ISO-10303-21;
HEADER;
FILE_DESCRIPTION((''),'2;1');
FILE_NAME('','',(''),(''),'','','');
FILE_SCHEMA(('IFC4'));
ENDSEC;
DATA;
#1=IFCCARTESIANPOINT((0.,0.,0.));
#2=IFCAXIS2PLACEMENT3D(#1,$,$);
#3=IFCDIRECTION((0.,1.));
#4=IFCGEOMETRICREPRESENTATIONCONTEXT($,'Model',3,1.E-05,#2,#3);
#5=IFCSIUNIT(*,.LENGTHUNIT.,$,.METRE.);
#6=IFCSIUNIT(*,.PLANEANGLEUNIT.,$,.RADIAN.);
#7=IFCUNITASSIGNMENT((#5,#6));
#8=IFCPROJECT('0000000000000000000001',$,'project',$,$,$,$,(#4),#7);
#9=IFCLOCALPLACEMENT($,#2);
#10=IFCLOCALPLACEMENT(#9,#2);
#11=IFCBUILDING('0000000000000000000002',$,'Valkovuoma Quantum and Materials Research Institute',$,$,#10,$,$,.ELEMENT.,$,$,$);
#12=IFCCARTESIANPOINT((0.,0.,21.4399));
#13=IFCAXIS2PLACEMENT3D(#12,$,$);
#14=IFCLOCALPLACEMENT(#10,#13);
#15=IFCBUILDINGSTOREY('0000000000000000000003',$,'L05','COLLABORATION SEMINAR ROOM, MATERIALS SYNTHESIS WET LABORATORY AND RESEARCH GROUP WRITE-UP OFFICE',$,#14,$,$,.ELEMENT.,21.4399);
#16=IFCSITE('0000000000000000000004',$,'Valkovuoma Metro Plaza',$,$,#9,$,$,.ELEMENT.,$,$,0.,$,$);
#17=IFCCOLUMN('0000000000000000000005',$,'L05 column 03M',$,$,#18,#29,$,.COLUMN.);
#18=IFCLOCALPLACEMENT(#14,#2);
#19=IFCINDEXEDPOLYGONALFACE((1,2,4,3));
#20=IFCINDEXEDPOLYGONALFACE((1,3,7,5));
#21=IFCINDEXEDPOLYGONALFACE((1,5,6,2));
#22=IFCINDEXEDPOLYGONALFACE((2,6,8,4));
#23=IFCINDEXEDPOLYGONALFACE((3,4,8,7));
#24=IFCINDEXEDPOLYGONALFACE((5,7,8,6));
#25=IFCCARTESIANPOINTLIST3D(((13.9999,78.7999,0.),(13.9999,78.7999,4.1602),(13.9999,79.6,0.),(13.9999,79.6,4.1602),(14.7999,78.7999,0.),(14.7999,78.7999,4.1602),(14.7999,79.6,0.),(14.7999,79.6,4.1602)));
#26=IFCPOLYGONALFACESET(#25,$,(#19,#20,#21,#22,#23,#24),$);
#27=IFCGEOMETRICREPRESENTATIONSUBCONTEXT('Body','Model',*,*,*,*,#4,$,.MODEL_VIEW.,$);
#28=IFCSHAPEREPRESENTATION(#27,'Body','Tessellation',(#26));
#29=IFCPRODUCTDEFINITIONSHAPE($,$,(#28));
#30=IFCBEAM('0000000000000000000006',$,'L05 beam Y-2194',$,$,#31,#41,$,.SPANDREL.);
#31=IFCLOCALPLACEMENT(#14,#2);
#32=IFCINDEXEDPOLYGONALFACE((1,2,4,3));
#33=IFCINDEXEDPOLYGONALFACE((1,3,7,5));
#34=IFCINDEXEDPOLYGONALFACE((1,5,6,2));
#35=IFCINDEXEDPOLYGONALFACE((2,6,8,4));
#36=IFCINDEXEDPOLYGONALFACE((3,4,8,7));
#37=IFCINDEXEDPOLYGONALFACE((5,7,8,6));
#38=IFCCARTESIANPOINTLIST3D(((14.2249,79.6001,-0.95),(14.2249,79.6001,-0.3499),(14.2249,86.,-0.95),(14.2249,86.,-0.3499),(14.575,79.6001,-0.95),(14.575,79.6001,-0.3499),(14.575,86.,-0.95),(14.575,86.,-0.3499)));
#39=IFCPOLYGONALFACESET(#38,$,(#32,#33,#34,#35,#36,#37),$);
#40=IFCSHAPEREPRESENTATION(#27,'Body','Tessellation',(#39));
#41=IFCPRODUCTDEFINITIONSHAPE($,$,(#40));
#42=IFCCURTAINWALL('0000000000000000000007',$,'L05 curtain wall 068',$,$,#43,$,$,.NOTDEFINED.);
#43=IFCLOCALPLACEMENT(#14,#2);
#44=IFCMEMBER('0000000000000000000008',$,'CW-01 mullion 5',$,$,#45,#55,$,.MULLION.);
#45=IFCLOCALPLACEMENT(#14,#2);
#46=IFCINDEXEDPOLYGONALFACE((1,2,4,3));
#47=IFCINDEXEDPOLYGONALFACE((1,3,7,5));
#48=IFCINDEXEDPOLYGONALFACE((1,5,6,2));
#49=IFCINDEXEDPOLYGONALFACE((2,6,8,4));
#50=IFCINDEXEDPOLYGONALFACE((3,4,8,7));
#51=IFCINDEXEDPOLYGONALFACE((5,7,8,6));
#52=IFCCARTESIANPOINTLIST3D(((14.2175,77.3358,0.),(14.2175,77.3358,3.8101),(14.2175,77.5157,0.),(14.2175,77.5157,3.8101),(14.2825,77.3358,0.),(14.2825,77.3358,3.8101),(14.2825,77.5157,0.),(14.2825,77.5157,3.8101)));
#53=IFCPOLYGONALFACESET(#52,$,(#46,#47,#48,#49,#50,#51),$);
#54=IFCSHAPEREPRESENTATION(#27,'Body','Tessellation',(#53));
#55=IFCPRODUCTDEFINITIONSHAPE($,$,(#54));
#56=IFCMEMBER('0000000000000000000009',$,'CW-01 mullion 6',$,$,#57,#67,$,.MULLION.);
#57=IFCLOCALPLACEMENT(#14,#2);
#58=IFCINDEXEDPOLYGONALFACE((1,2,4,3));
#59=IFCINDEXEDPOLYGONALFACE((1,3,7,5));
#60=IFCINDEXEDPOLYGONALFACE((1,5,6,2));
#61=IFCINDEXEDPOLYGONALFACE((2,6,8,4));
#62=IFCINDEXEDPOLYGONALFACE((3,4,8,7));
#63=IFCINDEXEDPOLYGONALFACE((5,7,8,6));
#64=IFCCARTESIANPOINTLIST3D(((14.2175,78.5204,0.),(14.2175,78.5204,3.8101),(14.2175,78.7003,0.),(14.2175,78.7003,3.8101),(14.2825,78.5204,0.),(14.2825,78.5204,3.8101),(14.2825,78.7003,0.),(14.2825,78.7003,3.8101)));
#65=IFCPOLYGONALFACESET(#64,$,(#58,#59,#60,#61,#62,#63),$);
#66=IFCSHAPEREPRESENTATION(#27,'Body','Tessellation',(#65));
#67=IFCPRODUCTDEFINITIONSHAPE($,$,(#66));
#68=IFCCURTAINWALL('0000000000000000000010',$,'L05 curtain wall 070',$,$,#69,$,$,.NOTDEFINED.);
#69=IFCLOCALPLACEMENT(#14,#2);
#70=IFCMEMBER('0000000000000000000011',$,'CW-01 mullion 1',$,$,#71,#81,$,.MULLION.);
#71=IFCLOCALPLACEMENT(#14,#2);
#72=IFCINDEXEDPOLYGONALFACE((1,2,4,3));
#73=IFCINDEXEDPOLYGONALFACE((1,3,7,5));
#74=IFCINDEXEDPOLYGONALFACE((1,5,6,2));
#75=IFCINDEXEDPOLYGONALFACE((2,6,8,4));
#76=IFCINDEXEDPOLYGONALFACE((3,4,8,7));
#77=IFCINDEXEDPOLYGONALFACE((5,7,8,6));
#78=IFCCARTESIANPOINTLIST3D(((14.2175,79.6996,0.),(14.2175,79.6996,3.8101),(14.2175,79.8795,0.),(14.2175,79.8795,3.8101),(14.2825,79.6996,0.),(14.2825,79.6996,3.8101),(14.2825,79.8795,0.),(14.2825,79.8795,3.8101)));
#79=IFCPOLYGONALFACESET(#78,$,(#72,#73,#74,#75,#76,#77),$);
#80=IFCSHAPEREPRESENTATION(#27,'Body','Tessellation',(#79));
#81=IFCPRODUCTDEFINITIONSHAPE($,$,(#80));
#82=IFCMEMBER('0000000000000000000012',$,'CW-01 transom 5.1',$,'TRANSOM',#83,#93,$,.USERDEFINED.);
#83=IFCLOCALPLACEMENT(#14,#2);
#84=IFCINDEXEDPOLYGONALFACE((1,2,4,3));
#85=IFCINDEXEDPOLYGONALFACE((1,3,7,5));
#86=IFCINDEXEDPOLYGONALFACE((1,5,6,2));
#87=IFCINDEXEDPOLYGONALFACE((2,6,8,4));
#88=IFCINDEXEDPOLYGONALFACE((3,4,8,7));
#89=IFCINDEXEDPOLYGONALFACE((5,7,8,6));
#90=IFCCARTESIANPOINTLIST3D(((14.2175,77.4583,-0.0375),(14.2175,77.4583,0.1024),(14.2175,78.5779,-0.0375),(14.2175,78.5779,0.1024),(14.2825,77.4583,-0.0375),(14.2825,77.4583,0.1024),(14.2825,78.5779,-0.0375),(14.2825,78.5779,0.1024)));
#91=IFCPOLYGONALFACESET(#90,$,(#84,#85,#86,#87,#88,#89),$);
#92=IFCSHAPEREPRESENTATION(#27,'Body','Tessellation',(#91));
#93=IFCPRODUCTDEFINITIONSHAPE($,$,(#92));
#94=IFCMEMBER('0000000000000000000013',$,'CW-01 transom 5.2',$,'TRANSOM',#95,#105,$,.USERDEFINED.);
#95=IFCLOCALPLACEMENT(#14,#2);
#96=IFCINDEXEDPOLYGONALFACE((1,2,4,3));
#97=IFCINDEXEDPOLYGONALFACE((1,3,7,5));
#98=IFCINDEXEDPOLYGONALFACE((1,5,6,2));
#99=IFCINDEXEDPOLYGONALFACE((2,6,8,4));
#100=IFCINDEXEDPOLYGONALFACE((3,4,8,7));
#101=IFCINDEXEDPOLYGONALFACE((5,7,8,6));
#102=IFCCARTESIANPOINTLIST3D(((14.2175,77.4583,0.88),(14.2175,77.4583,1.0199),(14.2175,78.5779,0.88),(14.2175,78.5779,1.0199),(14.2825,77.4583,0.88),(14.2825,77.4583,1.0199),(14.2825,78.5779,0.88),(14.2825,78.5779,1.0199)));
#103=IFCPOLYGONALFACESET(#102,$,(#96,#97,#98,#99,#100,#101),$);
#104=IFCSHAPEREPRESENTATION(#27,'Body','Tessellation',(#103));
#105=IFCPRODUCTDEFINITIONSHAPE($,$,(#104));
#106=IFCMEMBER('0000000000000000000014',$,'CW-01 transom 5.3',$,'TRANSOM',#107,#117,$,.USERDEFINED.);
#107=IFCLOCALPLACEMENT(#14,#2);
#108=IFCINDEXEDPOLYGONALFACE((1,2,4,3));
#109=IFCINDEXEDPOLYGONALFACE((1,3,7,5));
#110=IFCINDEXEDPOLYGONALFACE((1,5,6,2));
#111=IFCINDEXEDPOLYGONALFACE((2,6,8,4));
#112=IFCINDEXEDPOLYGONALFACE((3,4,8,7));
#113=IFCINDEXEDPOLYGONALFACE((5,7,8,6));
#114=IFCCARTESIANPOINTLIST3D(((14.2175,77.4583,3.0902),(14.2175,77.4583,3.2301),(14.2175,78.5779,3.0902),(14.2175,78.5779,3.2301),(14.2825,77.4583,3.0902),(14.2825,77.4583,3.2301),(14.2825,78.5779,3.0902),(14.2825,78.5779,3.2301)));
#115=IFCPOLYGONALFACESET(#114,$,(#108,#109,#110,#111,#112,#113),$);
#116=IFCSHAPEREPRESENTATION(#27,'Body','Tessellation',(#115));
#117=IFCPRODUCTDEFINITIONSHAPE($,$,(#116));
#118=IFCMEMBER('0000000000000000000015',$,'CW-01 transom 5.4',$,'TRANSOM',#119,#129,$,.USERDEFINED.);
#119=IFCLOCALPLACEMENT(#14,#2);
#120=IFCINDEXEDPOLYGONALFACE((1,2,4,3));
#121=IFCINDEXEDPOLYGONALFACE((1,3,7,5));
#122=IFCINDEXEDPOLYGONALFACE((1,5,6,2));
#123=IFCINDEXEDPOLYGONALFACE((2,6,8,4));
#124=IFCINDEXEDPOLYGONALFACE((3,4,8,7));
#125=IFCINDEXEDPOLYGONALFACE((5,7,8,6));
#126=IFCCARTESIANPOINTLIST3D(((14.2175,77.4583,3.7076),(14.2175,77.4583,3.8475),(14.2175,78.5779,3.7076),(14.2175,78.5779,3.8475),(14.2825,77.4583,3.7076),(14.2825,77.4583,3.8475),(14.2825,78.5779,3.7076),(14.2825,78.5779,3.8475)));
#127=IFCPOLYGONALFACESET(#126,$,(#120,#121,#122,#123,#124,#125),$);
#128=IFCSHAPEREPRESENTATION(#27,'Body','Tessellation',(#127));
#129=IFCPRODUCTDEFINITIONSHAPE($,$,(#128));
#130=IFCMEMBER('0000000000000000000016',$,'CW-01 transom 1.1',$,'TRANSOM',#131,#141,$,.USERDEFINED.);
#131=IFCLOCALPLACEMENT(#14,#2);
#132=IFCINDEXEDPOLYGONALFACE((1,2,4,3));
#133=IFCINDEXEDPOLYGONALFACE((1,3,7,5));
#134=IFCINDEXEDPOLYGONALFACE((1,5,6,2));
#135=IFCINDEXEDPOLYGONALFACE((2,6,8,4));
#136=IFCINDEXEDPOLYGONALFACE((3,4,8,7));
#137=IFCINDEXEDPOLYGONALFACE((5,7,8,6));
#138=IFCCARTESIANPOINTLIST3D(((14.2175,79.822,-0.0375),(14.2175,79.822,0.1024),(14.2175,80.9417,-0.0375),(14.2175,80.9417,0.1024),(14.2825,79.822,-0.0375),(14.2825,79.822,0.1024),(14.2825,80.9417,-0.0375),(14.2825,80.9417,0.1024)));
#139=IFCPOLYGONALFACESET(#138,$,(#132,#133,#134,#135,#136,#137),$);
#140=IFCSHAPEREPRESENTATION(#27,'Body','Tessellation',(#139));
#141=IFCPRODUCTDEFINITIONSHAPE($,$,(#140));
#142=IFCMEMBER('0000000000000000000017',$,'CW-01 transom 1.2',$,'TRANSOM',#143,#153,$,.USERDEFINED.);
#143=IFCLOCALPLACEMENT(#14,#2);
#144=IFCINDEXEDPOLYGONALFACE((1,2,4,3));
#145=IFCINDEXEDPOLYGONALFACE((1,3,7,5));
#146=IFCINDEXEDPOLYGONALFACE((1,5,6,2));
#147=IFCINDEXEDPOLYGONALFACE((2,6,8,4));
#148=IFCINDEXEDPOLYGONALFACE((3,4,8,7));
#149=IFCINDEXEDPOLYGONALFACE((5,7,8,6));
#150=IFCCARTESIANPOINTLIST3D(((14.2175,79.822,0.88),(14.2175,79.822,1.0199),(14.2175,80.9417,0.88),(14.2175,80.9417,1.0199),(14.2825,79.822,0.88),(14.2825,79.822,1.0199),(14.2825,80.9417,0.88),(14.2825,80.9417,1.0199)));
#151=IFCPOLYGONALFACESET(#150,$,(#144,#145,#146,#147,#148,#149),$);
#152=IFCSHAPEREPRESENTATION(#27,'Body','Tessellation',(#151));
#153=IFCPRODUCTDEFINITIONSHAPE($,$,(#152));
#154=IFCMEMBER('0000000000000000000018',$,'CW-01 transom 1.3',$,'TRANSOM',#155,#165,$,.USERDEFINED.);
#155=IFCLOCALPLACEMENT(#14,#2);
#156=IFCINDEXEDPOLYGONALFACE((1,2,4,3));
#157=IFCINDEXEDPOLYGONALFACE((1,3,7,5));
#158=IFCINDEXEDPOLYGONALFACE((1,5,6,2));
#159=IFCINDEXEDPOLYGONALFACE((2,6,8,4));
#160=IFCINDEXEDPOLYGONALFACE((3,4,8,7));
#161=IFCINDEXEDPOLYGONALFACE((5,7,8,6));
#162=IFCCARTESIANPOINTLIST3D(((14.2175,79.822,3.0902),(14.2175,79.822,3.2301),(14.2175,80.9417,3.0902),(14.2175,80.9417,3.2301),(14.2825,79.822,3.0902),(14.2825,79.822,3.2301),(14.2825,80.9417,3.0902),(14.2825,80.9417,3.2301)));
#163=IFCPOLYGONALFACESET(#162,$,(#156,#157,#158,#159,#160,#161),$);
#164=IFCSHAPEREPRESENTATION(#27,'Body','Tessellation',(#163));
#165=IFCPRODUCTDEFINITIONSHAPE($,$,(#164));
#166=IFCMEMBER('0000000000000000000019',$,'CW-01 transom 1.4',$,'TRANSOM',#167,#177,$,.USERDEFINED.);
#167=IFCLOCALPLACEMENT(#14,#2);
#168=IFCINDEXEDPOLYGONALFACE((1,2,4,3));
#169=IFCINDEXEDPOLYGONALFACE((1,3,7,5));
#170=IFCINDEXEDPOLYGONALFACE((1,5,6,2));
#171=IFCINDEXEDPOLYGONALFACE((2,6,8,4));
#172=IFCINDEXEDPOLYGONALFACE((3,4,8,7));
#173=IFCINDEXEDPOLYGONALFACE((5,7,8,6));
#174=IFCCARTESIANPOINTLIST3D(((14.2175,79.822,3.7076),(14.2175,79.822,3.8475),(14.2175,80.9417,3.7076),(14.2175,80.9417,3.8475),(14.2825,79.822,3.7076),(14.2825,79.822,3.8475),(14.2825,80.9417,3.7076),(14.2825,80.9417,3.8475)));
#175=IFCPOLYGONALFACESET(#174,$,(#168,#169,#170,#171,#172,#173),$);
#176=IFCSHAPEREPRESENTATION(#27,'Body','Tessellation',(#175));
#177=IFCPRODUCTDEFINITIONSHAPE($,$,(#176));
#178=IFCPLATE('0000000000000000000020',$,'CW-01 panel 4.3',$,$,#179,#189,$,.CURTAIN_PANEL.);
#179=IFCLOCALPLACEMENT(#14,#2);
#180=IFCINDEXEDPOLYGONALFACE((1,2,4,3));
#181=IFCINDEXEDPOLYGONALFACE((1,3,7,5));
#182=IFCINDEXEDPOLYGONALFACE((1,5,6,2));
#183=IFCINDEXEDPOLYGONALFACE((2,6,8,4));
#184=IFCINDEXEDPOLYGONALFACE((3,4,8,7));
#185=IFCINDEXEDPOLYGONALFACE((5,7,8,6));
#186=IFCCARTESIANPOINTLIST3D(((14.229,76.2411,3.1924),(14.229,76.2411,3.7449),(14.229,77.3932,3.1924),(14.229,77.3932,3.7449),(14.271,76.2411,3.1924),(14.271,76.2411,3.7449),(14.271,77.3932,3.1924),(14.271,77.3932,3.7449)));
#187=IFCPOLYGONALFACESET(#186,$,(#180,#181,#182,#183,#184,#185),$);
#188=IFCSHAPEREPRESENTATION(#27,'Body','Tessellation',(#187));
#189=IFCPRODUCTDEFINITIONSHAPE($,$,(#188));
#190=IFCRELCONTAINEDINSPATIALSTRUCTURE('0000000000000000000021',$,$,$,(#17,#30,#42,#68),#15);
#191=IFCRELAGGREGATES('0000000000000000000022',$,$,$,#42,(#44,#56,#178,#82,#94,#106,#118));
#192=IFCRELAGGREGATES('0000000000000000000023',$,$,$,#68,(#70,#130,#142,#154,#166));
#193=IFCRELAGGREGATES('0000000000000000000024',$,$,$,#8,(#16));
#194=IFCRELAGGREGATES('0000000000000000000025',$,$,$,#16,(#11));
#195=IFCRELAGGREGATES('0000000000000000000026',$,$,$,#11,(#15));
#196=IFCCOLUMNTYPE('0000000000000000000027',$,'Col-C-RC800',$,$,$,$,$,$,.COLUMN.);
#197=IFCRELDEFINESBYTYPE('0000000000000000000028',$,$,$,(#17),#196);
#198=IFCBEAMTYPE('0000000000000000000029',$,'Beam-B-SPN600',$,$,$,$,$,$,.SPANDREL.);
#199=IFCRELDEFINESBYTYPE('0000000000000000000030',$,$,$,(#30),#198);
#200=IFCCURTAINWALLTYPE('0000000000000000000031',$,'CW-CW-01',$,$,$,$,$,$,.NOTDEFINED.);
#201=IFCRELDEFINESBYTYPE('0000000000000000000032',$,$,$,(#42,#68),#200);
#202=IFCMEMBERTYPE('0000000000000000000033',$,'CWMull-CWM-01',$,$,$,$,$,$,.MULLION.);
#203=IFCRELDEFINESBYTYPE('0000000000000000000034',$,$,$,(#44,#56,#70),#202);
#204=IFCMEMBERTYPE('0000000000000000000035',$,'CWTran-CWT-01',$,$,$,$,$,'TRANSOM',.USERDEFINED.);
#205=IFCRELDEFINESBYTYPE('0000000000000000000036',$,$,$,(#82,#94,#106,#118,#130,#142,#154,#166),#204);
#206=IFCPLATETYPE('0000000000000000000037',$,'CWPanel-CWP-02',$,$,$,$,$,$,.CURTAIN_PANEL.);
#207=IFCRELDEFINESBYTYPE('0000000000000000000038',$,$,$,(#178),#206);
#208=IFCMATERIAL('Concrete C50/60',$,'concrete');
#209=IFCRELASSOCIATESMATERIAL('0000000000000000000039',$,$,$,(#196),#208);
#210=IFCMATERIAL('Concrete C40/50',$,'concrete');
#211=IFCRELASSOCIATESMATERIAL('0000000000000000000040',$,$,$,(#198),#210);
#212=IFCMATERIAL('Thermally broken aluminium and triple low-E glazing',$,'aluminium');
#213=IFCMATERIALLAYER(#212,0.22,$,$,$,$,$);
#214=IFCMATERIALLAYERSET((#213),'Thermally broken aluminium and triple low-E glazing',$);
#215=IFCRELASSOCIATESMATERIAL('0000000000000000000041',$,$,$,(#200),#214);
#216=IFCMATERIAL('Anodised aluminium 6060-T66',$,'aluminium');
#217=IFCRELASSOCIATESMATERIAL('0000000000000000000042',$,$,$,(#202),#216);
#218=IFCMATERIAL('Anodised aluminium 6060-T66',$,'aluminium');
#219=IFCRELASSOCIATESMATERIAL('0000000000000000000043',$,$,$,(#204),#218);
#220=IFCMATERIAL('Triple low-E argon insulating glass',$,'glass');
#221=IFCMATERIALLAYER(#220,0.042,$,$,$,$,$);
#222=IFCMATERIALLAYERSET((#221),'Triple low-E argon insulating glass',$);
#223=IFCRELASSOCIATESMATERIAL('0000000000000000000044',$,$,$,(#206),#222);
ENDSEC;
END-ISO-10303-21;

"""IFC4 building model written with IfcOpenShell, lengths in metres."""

from ifc_helpers import new_model, si_unit, direction, frame, origin, origin_2d, place, context, subcontext, project, spatial, rectangle, extrude, material, layer, layer_set, material_profile, profile_set, type_object, element, aggregate, save


model = new_model("IFC4")

# Units and contexts
model_context = context("Model", 3, precision=1e-05, world=origin(), true_north=direction((0.0, 1.0)))
body_context = subcontext(model_context, "Body", "Model", "MODEL_VIEW")
ifc_project = project(units=[si_unit("LENGTHUNIT", "METRE"), si_unit("PLANEANGLEUNIT", "RADIAN")], contexts=[model_context])

# Site, building, storey
site_placement = place(None, origin())
site = spatial("IfcSite", under=ifc_project, at=site_placement, Name="Valkovuoma Metro Plaza", CompositionType="ELEMENT", RefElevation=0.0)
building_placement = place(site_placement, origin())
building = spatial("IfcBuilding", under=site, at=building_placement, Name="Valkovuoma Quantum and Materials Research Institute", CompositionType="ELEMENT")
storey_placement = place(building_placement, frame((0.0, 0.0, 21.4399)))
storey = spatial("IfcBuildingStorey", under=building, at=storey_placement, Name="L05", Description="COLLABORATION SEMINAR ROOM, MATERIALS SYNTHESIS WET LABORATORY AND RESEARCH GROUP WRITE-UP OFFICE", CompositionType="ELEMENT", Elevation=21.4399)

# Column
ifc_material_1 = material(Name="Concrete C50/60", Category="concrete")
ifc_material_profile_1 = material_profile(ifc_material_1, rectangle(XDim=0.8, YDim=0.8, at=origin_2d()), Name="Concrete C50/60")
ifc_profile_set_1 = profile_set([ifc_material_profile_1], Name="Concrete C50/60")
column_type = type_object("IfcColumnType", Name="Col-C-RC800", PredefinedType="COLUMN", material=ifc_profile_set_1)
column_placement = place(storey_placement, frame((14.3999, 79.2, 0.0), z_axis=(0.0, 0.0, 1.0), x_axis=(1.0, 0.0, 0.0)))
element("IfcColumn", 1, at=column_placement, inside=storey, type_object=column_type, Name="L05 column 03M", PredefinedType="COLUMN", context=body_context, shape_type="SweptSolid", body=[
    extrude(rectangle(XDim=0.8, YDim=0.8, at=origin_2d()), origin(), (0.0, 0.0, 1.0), 4.1602),
])

# Beam
ifc_material_2 = material(Name="Concrete C40/50", Category="concrete")
ifc_material_profile_2 = material_profile(ifc_material_2, rectangle(XDim=0.3501, YDim=0.6001, at=origin_2d()), Name="Concrete C40/50")
ifc_profile_set_2 = profile_set([ifc_material_profile_2], Name="Concrete C40/50")
beam_type = type_object("IfcBeamType", Name="Beam-B-SPN600", PredefinedType="SPANDREL", material=ifc_profile_set_2)
beam_placement = place(storey_placement, frame((14.3999, 79.6001, -0.6499), z_axis=(0.0, 1.0, 0.0), x_axis=(-1.0, 0.0, 0.0)))
element("IfcBeam", 2, at=beam_placement, inside=storey, type_object=beam_type, Name="L05 beam Y-2194", PredefinedType="SPANDREL", context=body_context, shape_type="SweptSolid", body=[
    extrude(rectangle(XDim=0.3501, YDim=0.6001, at=origin_2d()), origin(), (0.0, 0.0, 1.0), 6.3999),
])

# Curtain wall, members
ifc_material_3 = material(Name="Thermally broken aluminium and triple low-E glazing", Category="aluminium")
ifc_layer_1 = layer(ifc_material_3, 0.22)
ifc_layer_set_1 = layer_set([ifc_layer_1], Name="Thermally broken aluminium and triple low-E glazing")
curtain_wall_type = type_object("IfcCurtainWallType", Name="CW-CW-01", PredefinedType="NOTDEFINED", material=ifc_layer_set_1)
curtain_wall_1_placement = place(storey_placement, origin())
curtain_wall_1 = element("IfcCurtainWall", 3, at=curtain_wall_1_placement, inside=storey, type_object=curtain_wall_type, Name="L05 curtain wall 068", PredefinedType="NOTDEFINED")
ifc_material_4 = material(Name="Anodised aluminium 6060-T66", Category="aluminium")
ifc_material_profile_3 = material_profile(ifc_material_4, rectangle(XDim=0.0649, YDim=0.1799, at=origin_2d()), Name="Anodised aluminium 6060-T66")
ifc_profile_set_3 = profile_set([ifc_material_profile_3], Name="Anodised aluminium 6060-T66")
member_type_1 = type_object("IfcMemberType", Name="CWMull-CWM-01", PredefinedType="MULLION", material=ifc_profile_set_3)
member_1_placement = place(storey_placement, frame((14.25, 77.4258, 0.0), z_axis=(0.0, 0.0, 1.0), x_axis=(-1.0, 0.0, 0.0)))
member_1 = element("IfcMember", 4, at=member_1_placement, type_object=member_type_1, Name="CW-01 mullion 5", PredefinedType="MULLION", context=body_context, shape_type="SweptSolid", body=[
    extrude(rectangle(XDim=0.0649, YDim=0.1799, at=origin_2d()), origin(), (0.0, 0.0, 1.0), 3.8101),
])
member_2_placement = place(storey_placement, frame((14.25, 78.6104, 0.0), z_axis=(0.0, 0.0, 1.0), x_axis=(-1.0, 0.0, 0.0)))
member_2 = element("IfcMember", 5, at=member_2_placement, type_object=member_type_1, Name="CW-01 mullion 6", PredefinedType="MULLION", context=body_context, shape_type="SweptSolid", body=[
    extrude(rectangle(XDim=0.0649, YDim=0.1799, at=origin_2d()), origin(), (0.0, 0.0, 1.0), 3.8101),
])

# Curtain wall, member
curtain_wall_2_placement = place(storey_placement, origin())
curtain_wall_2 = element("IfcCurtainWall", 6, at=curtain_wall_2_placement, inside=storey, type_object=curtain_wall_type, Name="L05 curtain wall 070", PredefinedType="NOTDEFINED")
member_3_placement = place(storey_placement, frame((14.25, 79.7896, 0.0), z_axis=(0.0, 0.0, 1.0), x_axis=(-1.0, 0.0, 0.0)))
member_3 = element("IfcMember", 7, at=member_3_placement, type_object=member_type_1, Name="CW-01 mullion 1", PredefinedType="MULLION", context=body_context, shape_type="SweptSolid", body=[
    extrude(rectangle(XDim=0.0649, YDim=0.1799, at=origin_2d()), origin(), (0.0, 0.0, 1.0), 3.8101),
])

# Members
ifc_material_5 = material(Name="Anodised aluminium 6060-T66", Category="aluminium")
ifc_material_profile_4 = material_profile(ifc_material_5, rectangle(XDim=0.0649, YDim=0.1399, at=origin_2d()), Name="Anodised aluminium 6060-T66")
ifc_profile_set_4 = profile_set([ifc_material_profile_4], Name="Anodised aluminium 6060-T66")
member_type_2 = type_object("IfcMemberType", Name="CWTran-CWT-01", ElementType="TRANSOM", PredefinedType="USERDEFINED", material=ifc_profile_set_4)
member_4_placement = place(storey_placement, frame((14.25, 77.4583, 0.0325), z_axis=(0.0, 1.0, 0.0), x_axis=(-1.0, 0.0, 0.0)))
member_4 = element("IfcMember", 8, at=member_4_placement, type_object=member_type_2, Name="CW-01 transom 5.1", ObjectType="TRANSOM", PredefinedType="USERDEFINED", context=body_context, shape_type="SweptSolid", body=[
    extrude(rectangle(XDim=0.0649, YDim=0.1399, at=origin_2d()), origin(), (0.0, 0.0, 1.0), 1.1196),
])
member_5_placement = place(storey_placement, frame((14.25, 77.4583, 0.95), z_axis=(0.0, 1.0, 0.0), x_axis=(-1.0, 0.0, 0.0)))
member_5 = element("IfcMember", 9, at=member_5_placement, type_object=member_type_2, Name="CW-01 transom 5.2", ObjectType="TRANSOM", PredefinedType="USERDEFINED", context=body_context, shape_type="SweptSolid", body=[
    extrude(rectangle(XDim=0.0649, YDim=0.1399, at=origin_2d()), origin(), (0.0, 0.0, 1.0), 1.1196),
])
member_6_placement = place(storey_placement, frame((14.25, 77.4583, 3.1602), z_axis=(0.0, 1.0, 0.0), x_axis=(-1.0, 0.0, 0.0)))
member_6 = element("IfcMember", 10, at=member_6_placement, type_object=member_type_2, Name="CW-01 transom 5.3", ObjectType="TRANSOM", PredefinedType="USERDEFINED", context=body_context, shape_type="SweptSolid", body=[
    extrude(rectangle(XDim=0.0649, YDim=0.1399, at=origin_2d()), origin(), (0.0, 0.0, 1.0), 1.1196),
])
member_7_placement = place(storey_placement, frame((14.25, 77.4583, 3.7776), z_axis=(0.0, 1.0, 0.0), x_axis=(-1.0, 0.0, 0.0)))
member_7 = element("IfcMember", 11, at=member_7_placement, type_object=member_type_2, Name="CW-01 transom 5.4", ObjectType="TRANSOM", PredefinedType="USERDEFINED", context=body_context, shape_type="SweptSolid", body=[
    extrude(rectangle(XDim=0.0649, YDim=0.1399, at=origin_2d()), origin(), (0.0, 0.0, 1.0), 1.1196),
])
member_8_placement = place(storey_placement, frame((14.25, 79.822, 0.0325), z_axis=(0.0, 1.0, 0.0), x_axis=(-1.0, 0.0, 0.0)))
member_8 = element("IfcMember", 12, at=member_8_placement, type_object=member_type_2, Name="CW-01 transom 1.1", ObjectType="TRANSOM", PredefinedType="USERDEFINED", context=body_context, shape_type="SweptSolid", body=[
    extrude(rectangle(XDim=0.0649, YDim=0.1399, at=origin_2d()), origin(), (0.0, 0.0, 1.0), 1.1196),
])
member_9_placement = place(storey_placement, frame((14.25, 79.822, 0.95), z_axis=(0.0, 1.0, 0.0), x_axis=(-1.0, 0.0, 0.0)))
member_9 = element("IfcMember", 13, at=member_9_placement, type_object=member_type_2, Name="CW-01 transom 1.2", ObjectType="TRANSOM", PredefinedType="USERDEFINED", context=body_context, shape_type="SweptSolid", body=[
    extrude(rectangle(XDim=0.0649, YDim=0.1399, at=origin_2d()), origin(), (0.0, 0.0, 1.0), 1.1196),
])
member_10_placement = place(storey_placement, frame((14.25, 79.822, 3.1602), z_axis=(0.0, 1.0, 0.0), x_axis=(-1.0, 0.0, 0.0)))
member_10 = element("IfcMember", 14, at=member_10_placement, type_object=member_type_2, Name="CW-01 transom 1.3", ObjectType="TRANSOM", PredefinedType="USERDEFINED", context=body_context, shape_type="SweptSolid", body=[
    extrude(rectangle(XDim=0.0649, YDim=0.1399, at=origin_2d()), origin(), (0.0, 0.0, 1.0), 1.1196),
])
member_11_placement = place(storey_placement, frame((14.25, 79.822, 3.7776), z_axis=(0.0, 1.0, 0.0), x_axis=(-1.0, 0.0, 0.0)))
member_11 = element("IfcMember", 15, at=member_11_placement, type_object=member_type_2, Name="CW-01 transom 1.4", ObjectType="TRANSOM", PredefinedType="USERDEFINED", context=body_context, shape_type="SweptSolid", body=[
    extrude(rectangle(XDim=0.0649, YDim=0.1399, at=origin_2d()), origin(), (0.0, 0.0, 1.0), 1.1196),
])

# Plate
ifc_material_6 = material(Name="Triple low-E argon insulating glass", Category="glass")
ifc_layer_2 = layer(ifc_material_6, 0.042)
ifc_layer_set_2 = layer_set([ifc_layer_2], Name="Triple low-E argon insulating glass")
plate_type = type_object("IfcPlateType", Name="CWPanel-CWP-02", PredefinedType="CURTAIN_PANEL", material=ifc_layer_set_2)
plate_1_placement = place(storey_placement, frame((14.25, 76.8171, 3.1924), z_axis=(0.0, 0.0, 1.0), x_axis=(0.0, 1.0, 0.0)))
plate_1 = element("IfcPlate", 16, at=plate_1_placement, type_object=plate_type, Name="CW-01 panel 4.3", PredefinedType="CURTAIN_PANEL", context=body_context, shape_type="SweptSolid", body=[
    extrude(rectangle(XDim=1.1521, YDim=0.042, at=origin_2d()), origin(), (0.0, 0.0, 1.0), 0.5525),
])
aggregate(curtain_wall_1, [member_1, member_2, plate_1, member_4, member_5, member_6, member_7])
aggregate(curtain_wall_2, [member_3, member_8, member_9, member_10, member_11])

save(model, "model.ifc")
